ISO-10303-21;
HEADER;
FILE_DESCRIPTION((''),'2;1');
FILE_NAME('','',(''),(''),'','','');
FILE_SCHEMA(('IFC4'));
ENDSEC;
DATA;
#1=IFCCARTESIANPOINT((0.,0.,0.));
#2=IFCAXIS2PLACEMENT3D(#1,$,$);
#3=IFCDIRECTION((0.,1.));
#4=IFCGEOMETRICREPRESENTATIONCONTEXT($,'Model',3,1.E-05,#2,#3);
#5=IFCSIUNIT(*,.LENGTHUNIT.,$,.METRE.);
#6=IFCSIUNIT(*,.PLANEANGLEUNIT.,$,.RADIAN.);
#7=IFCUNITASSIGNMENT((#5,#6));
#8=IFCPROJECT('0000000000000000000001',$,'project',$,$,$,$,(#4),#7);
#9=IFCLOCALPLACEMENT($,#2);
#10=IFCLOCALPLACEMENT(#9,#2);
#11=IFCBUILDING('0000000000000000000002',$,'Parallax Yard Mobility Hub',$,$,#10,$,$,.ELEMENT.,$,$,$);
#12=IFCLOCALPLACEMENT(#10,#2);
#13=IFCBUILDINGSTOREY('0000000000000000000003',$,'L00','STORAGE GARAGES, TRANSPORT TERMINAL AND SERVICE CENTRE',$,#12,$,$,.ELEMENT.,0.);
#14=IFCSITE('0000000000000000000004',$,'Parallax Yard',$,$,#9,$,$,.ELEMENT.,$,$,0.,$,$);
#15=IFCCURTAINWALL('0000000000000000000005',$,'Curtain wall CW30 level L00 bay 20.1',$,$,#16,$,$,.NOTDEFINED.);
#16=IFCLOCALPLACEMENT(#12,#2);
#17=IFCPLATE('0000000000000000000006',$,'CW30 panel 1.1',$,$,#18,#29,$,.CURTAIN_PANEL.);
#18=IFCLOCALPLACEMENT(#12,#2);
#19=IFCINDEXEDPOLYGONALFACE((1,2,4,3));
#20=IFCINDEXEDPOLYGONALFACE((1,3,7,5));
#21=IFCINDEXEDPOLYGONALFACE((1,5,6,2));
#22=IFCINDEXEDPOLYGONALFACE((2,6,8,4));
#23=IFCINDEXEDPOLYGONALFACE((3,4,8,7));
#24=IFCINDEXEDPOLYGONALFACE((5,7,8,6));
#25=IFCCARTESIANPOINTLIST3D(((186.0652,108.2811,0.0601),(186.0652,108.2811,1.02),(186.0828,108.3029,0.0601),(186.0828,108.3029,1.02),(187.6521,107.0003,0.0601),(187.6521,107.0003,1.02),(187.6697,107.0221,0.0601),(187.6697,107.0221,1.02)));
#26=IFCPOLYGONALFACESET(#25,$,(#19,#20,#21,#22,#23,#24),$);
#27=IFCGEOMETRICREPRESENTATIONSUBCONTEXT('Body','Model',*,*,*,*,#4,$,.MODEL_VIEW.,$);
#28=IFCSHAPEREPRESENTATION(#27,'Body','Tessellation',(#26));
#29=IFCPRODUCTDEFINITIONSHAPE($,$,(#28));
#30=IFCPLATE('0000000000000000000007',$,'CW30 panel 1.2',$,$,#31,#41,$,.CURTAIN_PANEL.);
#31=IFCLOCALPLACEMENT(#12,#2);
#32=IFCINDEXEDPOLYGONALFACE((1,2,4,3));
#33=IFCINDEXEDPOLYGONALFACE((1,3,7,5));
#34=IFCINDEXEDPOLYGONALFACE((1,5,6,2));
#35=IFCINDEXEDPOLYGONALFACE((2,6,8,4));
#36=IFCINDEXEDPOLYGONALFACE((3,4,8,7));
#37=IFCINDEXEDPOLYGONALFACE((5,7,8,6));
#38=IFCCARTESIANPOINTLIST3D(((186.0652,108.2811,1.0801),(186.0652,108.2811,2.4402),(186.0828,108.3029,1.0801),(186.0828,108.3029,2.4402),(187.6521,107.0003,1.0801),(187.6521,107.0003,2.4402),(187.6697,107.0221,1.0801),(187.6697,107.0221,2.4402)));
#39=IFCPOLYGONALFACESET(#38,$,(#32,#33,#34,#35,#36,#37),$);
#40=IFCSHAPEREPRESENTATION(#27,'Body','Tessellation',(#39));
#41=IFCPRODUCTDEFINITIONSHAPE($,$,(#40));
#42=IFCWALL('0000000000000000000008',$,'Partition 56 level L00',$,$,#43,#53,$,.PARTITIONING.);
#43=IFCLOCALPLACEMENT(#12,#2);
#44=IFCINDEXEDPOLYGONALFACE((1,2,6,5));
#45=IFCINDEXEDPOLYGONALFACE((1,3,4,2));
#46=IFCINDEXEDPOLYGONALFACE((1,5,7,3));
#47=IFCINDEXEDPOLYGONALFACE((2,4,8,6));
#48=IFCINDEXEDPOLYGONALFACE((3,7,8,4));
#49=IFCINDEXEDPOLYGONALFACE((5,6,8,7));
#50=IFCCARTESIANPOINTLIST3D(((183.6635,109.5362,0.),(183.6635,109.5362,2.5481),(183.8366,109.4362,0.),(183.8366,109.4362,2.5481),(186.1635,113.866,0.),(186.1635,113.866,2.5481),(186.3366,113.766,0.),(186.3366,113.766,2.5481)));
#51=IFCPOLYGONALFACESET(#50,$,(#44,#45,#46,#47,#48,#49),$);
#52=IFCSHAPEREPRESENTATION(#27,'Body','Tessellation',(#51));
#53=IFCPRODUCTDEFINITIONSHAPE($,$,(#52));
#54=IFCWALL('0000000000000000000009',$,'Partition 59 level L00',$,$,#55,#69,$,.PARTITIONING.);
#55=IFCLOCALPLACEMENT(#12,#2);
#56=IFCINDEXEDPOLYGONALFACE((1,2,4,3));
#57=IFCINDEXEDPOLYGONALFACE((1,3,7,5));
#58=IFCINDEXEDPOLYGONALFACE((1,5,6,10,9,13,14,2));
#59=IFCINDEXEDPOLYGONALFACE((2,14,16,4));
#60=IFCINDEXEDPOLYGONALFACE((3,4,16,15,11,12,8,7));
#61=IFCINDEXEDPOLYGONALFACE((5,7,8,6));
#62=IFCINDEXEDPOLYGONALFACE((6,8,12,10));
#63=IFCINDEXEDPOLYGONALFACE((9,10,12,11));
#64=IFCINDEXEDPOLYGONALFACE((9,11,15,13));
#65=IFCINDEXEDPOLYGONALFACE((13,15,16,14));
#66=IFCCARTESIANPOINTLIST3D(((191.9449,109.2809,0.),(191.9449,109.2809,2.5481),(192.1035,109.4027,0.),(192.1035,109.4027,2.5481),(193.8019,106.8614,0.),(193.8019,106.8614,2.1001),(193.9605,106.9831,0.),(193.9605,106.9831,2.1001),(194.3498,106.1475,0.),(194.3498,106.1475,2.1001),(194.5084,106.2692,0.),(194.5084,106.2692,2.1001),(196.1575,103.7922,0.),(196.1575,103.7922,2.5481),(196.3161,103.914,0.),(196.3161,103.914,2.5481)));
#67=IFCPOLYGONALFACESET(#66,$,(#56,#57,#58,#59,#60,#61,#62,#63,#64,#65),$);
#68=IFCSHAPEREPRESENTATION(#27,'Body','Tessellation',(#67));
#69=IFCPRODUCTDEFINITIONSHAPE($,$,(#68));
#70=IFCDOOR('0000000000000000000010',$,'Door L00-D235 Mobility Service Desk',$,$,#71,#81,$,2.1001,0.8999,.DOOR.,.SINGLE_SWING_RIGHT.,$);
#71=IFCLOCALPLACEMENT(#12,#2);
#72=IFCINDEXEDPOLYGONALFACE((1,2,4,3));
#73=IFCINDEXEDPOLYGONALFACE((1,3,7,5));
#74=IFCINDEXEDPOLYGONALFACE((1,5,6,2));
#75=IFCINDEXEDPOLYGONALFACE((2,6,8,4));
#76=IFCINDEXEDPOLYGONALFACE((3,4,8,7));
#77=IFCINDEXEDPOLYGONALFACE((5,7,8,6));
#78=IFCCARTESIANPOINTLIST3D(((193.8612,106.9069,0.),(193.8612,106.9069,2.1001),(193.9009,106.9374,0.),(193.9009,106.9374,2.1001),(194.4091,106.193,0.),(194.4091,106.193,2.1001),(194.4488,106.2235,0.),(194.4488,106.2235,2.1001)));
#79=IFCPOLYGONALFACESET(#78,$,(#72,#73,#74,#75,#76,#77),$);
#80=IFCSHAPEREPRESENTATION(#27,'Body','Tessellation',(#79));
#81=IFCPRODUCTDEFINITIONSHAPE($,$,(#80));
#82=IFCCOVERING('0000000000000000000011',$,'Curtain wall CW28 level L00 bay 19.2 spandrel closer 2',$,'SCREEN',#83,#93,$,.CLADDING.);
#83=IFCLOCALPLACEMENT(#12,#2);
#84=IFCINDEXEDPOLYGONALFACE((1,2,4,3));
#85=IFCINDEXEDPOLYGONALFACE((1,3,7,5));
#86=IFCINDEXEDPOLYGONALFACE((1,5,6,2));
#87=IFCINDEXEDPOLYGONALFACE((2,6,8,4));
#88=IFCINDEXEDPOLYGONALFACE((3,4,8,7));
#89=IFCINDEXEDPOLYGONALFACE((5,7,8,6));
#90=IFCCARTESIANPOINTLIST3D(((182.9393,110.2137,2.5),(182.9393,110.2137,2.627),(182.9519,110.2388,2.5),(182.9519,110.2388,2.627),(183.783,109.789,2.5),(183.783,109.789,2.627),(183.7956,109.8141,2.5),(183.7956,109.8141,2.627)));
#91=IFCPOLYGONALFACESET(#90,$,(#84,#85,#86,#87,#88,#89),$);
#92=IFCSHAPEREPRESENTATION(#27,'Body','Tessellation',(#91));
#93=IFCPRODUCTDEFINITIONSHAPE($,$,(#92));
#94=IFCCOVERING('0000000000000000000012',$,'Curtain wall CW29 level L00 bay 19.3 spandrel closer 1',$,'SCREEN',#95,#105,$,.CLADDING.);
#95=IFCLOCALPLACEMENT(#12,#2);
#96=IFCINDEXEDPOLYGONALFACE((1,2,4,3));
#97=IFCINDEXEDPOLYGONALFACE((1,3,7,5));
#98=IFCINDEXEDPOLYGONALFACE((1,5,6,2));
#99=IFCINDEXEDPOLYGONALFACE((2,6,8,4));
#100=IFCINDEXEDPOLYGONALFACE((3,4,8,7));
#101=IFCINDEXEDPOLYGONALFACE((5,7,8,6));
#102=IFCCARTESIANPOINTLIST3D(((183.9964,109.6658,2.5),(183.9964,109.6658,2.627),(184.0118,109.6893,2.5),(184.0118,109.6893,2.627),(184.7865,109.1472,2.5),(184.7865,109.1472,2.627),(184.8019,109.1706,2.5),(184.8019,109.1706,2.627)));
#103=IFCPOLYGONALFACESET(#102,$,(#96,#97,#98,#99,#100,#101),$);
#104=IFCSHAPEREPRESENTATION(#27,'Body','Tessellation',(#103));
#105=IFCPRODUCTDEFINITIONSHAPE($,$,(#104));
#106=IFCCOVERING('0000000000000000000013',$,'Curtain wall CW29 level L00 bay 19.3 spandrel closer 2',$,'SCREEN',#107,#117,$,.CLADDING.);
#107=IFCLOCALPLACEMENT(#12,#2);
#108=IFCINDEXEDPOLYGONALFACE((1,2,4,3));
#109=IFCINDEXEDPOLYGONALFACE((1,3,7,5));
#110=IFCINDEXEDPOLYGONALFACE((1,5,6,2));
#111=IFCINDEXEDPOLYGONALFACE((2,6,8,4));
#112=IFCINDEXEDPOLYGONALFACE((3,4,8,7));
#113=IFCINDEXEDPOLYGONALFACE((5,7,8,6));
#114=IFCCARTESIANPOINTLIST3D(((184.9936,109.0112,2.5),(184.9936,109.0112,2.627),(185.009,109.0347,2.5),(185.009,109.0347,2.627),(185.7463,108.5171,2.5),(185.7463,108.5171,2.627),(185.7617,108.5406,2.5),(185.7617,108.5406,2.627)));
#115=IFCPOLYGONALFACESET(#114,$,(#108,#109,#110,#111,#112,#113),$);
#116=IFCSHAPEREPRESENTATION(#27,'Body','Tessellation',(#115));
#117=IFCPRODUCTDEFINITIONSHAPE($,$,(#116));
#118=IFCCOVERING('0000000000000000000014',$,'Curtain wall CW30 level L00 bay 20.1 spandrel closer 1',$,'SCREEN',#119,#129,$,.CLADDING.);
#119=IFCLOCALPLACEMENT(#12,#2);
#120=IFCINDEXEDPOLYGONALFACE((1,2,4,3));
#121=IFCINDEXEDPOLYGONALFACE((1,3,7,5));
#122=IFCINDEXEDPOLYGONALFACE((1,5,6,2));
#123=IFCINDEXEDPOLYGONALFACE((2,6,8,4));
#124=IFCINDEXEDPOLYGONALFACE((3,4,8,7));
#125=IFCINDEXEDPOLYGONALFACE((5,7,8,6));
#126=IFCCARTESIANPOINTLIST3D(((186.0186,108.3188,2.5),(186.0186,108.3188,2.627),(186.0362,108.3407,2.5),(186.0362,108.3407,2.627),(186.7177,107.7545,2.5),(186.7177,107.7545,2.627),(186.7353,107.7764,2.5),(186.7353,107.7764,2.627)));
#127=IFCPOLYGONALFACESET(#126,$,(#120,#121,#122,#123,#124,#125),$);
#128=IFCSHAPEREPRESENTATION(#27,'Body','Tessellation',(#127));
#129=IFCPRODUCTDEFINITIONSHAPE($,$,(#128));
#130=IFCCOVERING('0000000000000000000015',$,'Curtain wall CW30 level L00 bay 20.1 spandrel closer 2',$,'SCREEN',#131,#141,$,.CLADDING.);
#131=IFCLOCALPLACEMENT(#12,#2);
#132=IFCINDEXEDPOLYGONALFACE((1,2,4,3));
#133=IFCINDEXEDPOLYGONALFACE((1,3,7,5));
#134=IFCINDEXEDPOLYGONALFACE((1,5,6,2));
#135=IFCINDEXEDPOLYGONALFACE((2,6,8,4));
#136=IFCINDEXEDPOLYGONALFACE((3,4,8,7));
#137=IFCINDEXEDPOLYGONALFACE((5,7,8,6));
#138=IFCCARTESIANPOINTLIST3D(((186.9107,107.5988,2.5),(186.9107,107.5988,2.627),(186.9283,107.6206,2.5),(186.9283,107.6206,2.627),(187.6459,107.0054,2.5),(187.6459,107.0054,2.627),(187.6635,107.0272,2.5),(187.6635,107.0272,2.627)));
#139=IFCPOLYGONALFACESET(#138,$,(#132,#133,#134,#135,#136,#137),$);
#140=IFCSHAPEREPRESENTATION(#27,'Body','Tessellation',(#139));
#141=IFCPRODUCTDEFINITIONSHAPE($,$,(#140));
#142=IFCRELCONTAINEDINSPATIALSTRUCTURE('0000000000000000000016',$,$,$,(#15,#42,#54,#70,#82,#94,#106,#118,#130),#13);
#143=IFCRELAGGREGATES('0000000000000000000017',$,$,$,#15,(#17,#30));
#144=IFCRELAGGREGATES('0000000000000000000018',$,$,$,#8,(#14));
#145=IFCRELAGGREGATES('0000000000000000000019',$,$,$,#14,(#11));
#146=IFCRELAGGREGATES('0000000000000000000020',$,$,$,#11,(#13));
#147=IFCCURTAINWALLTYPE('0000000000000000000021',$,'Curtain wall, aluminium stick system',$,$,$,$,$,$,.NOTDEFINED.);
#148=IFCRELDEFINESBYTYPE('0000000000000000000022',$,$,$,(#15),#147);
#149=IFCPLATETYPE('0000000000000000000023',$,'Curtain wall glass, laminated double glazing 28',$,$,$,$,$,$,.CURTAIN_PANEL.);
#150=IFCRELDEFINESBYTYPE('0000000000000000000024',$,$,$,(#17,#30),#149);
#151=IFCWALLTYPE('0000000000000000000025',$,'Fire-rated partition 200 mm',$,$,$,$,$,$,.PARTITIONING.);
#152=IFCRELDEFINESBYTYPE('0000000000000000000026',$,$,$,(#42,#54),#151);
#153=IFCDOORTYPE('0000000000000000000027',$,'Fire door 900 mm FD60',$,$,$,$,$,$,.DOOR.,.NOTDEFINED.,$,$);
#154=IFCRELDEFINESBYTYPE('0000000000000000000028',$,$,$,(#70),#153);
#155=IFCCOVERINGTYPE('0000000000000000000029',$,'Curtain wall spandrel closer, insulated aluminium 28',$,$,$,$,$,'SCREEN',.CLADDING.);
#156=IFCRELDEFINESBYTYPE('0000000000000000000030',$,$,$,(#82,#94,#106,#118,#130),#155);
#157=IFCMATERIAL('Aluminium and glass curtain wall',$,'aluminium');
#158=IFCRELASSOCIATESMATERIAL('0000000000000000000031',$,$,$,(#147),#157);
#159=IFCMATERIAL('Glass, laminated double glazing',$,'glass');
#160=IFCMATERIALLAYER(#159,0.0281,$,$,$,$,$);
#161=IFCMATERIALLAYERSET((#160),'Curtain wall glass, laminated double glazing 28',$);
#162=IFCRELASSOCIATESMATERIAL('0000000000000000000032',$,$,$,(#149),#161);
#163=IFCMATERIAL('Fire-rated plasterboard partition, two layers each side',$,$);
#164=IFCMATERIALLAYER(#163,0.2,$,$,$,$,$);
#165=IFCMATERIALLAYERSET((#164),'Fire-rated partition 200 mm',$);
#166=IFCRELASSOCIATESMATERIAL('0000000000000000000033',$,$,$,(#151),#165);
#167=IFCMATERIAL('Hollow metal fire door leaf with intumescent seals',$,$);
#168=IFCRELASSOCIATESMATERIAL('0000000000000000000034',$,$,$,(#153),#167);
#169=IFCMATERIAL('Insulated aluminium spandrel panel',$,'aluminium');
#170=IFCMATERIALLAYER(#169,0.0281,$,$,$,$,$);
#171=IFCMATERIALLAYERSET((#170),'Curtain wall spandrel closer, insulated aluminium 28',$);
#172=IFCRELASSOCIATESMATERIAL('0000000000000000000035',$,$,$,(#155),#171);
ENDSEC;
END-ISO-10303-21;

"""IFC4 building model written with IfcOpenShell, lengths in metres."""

from ifc_helpers import new_model, si_unit, direction, frame, frame_2d, origin, origin_2d, place, context, subcontext, project, spatial, rectangle, extrude, material, layer, layer_set, type_object, element, fill, aggregate, save


model = new_model("IFC4")

# Units and contexts
model_context = context("Model", 3, precision=1e-05, world=origin(), true_north=direction((0.0, 1.0)))
body_context = subcontext(model_context, "Body", "Model", "MODEL_VIEW")
ifc_project = project(units=[si_unit("LENGTHUNIT", "METRE"), si_unit("PLANEANGLEUNIT", "RADIAN")], contexts=[model_context])

# Site, building, storey
site_placement = place(None, origin())
site = spatial("IfcSite", under=ifc_project, at=site_placement, Name="Parallax Yard", CompositionType="ELEMENT", RefElevation=0.0)
building_placement = place(site_placement, origin())
building = spatial("IfcBuilding", under=site, at=building_placement, Name="Parallax Yard Mobility Hub", CompositionType="ELEMENT")
storey_placement = place(building_placement, origin())
storey = spatial("IfcBuildingStorey", under=building, at=storey_placement, Name="L00", Description="STORAGE GARAGES, TRANSPORT TERMINAL AND SERVICE CENTRE", CompositionType="ELEMENT", Elevation=0.0)

# Shared definitions
ifc_material_1 = material(Name="Aluminium and glass curtain wall", Category="aluminium")
curtain_wall_type = type_object("IfcCurtainWallType", Name="Curtain wall, aluminium stick system", PredefinedType="NOTDEFINED", material=ifc_material_1)

# Curtain wall
curtain_wall_1_placement = place(storey_placement, origin())
curtain_wall_1 = element("IfcCurtainWall", 1, at=curtain_wall_1_placement, inside=storey, type_object=curtain_wall_type, Name="Curtain wall CW30 level L00 bay 20.1", PredefinedType="NOTDEFINED")

# Plates
ifc_material_2 = material(Name="Glass, laminated double glazing", Category="glass")
ifc_layer_1 = layer(ifc_material_2, 0.0281)
ifc_layer_set_1 = layer_set([ifc_layer_1], Name="Curtain wall glass, laminated double glazing 28")
plate_type = type_object("IfcPlateType", Name="Curtain wall glass, laminated double glazing 28", PredefinedType="CURTAIN_PANEL", material=ifc_layer_set_1)
plate_1_placement = place(storey_placement, frame((186.8674, 107.6516, 0.0601), z_axis=(0.0, 0.0, 1.0), x_axis=(0.77816, -0.628067, 0.0)))
plate_1 = element("IfcPlate", 2, at=plate_1_placement, type_object=plate_type, Name="CW30 panel 1.1", PredefinedType="CURTAIN_PANEL", context=body_context, shape_type="SweptSolid", body=[
    extrude(rectangle(XDim=2.0393, YDim=0.0281, at=origin_2d()), origin(), (0.0, 0.0, 1.0), 0.96),
])
plate_2_placement = place(storey_placement, frame((186.8674, 107.6516, 1.0801), z_axis=(0.0, 0.0, 1.0), x_axis=(0.77816, -0.628067, 0.0)))
plate_2 = element("IfcPlate", 3, at=plate_2_placement, type_object=plate_type, Name="CW30 panel 1.2", PredefinedType="CURTAIN_PANEL", context=body_context, shape_type="SweptSolid", body=[
    extrude(rectangle(XDim=2.0393, YDim=0.0281, at=origin_2d()), origin(), (0.0, 0.0, 1.0), 1.3601),
])
aggregate(curtain_wall_1, [plate_1, plate_2])

# Wall
ifc_material_3 = material(Name="Fire-rated plasterboard partition, two layers each side")
ifc_layer_2 = layer(ifc_material_3, 0.2)
ifc_layer_set_2 = layer_set([ifc_layer_2], Name="Fire-rated partition 200 mm")
wall_type = type_object("IfcWallType", Name="Fire-rated partition 200 mm", PredefinedType="PARTITIONING", material=ifc_layer_set_2)
wall_1_placement = place(storey_placement, frame((183.75, 109.4861, 0.0), z_axis=(0.0, 0.0, 1.0), x_axis=(0.500025, 0.866011, 0.0)))
element("IfcWall", 4, at=wall_1_placement, inside=storey, type_object=wall_type, Name="Partition 56 level L00", PredefinedType="PARTITIONING", context=body_context, shape_type="SweptSolid", body=[
    extrude(rectangle(XDim=4.9998, YDim=0.2, at=frame_2d((2.5, 0.0))), origin(), (0.0, 0.0, 1.0), 2.5481),
])

# Wall, opening, door
wall_2_placement = place(storey_placement, frame((192.0242, 109.3418, 0.0), z_axis=(0.0, 0.0, 1.0), x_axis=(0.608849, -0.793286, 0.0)))
wall_2 = element("IfcWall", 5, at=wall_2_placement, inside=storey, type_object=wall_type, Name="Partition 59 level L00", PredefinedType="PARTITIONING", context=body_context, shape_type="SweptSolid", body=[
    extrude(rectangle(XDim=6.9189, YDim=0.2, at=frame_2d((3.4595, 0.0))), origin(), (0.0, 0.0, 1.0), 2.5481),
])
opening_placement = place(wall_2_placement, frame((3.05, 0.0, 0.0)))
opening = element("IfcOpeningElement", 6, at=opening_placement, cuts=wall_2, PredefinedType="OPENING", context=body_context, shape_type="SweptSolid", body=[
    extrude(rectangle(XDim=0.8999, YDim=2.1001, at=frame_2d((0.45, 1.05))), frame((0.0, 0.1099, 0.0), z_axis=(0.0, -1.0, 0.0), x_axis=(1.0, 0.0, 0.0)), (0.0, 0.0, 1.0), 0.22),
])
ifc_material_4 = material(Name="Hollow metal fire door leaf with intumescent seals")
door_type = type_object("IfcDoorType", Name="Fire door 900 mm FD60", OperationType="NOTDEFINED", PredefinedType="DOOR", material=ifc_material_4)
door_placement = place(opening_placement, origin())
door = element("IfcDoor", 7, at=door_placement, inside=storey, type_object=door_type, Name="Door L00-D235 Mobility Service Desk", OperationType="SINGLE_SWING_RIGHT", OverallHeight=2.1001, OverallWidth=0.8999, PredefinedType="DOOR", context=body_context, shape_type="SweptSolid", body=[
    extrude(rectangle(XDim=0.8999, YDim=2.1001, at=frame_2d((0.45, 1.05))), frame((0.0, 0.0249, 0.0), z_axis=(0.0, -1.0, 0.0), x_axis=(1.0, 0.0, 0.0)), (0.0, 0.0, 1.0), 0.05),
])
fill(opening, door)

# Coverings
ifc_material_5 = material(Name="Insulated aluminium spandrel panel", Category="aluminium")
ifc_layer_3 = layer(ifc_material_5, 0.0281)
ifc_layer_set_3 = layer_set([ifc_layer_3], Name="Curtain wall spandrel closer, insulated aluminium 28")
covering_type = type_object("IfcCoveringType", Name="Curtain wall spandrel closer, insulated aluminium 28", ElementType="SCREEN", PredefinedType="CLADDING", material=ifc_layer_set_3)
covering_1_placement = place(storey_placement, frame((183.3674, 110.0139, 2.5), z_axis=(0.0, 0.0, 1.0), x_axis=(0.893222, -0.449617, 0.0)))
element("IfcCovering", 8, at=covering_1_placement, inside=storey, type_object=covering_type, Name="Curtain wall CW28 level L00 bay 19.2 spandrel closer 2", ObjectType="SCREEN", PredefinedType="CLADDING", context=body_context, shape_type="SweptSolid", body=[
    extrude(rectangle(XDim=0.9446, YDim=0.0281, at=origin_2d()), origin(), (0.0, 0.0, 1.0), 0.127),
])
covering_2_placement = place(storey_placement, frame((184.3992, 109.4182, 2.5), z_axis=(0.0, 0.0, 1.0), x_axis=(0.835985, -0.548753, 0.0)))
element("IfcCovering", 9, at=covering_2_placement, inside=storey, type_object=covering_type, Name="Curtain wall CW29 level L00 bay 19.3 spandrel closer 1", ObjectType="SCREEN", PredefinedType="CLADDING", context=body_context, shape_type="SweptSolid", body=[
    extrude(rectangle(XDim=0.9451, YDim=0.0281, at=origin_2d()), origin(), (0.0, 0.0, 1.0), 0.127),
])
covering_3_placement = place(storey_placement, frame((185.3777, 108.7759, 2.5), z_axis=(0.0, 0.0, 1.0), x_axis=(0.835985, -0.548753, 0.0)))
element("IfcCovering", 10, at=covering_3_placement, inside=storey, type_object=covering_type, Name="Curtain wall CW29 level L00 bay 19.3 spandrel closer 2", ObjectType="SCREEN", PredefinedType="CLADDING", context=body_context, shape_type="SweptSolid", body=[
    extrude(rectangle(XDim=0.9004, YDim=0.0281, at=origin_2d()), origin(), (0.0, 0.0, 1.0), 0.127),
])
covering_4_placement = place(storey_placement, frame((186.377, 108.0476, 2.5), z_axis=(0.0, 0.0, 1.0), x_axis=(0.778164, -0.628061, 0.0)))
element("IfcCovering", 11, at=covering_4_placement, inside=storey, type_object=covering_type, Name="Curtain wall CW30 level L00 bay 20.1 spandrel closer 1", ObjectType="SCREEN", PredefinedType="CLADDING", context=body_context, shape_type="SweptSolid", body=[
    extrude(rectangle(XDim=0.8984, YDim=0.0281, at=origin_2d()), origin(), (0.0, 0.0, 1.0), 0.127),
])
covering_5_placement = place(storey_placement, frame((187.2871, 107.313, 2.5), z_axis=(0.0, 0.0, 1.0), x_axis=(0.778164, -0.628061, 0.0)))
element("IfcCovering", 12, at=covering_5_placement, inside=storey, type_object=covering_type, Name="Curtain wall CW30 level L00 bay 20.1 spandrel closer 2", ObjectType="SCREEN", PredefinedType="CLADDING", context=body_context, shape_type="SweptSolid", body=[
    extrude(rectangle(XDim=0.9448, YDim=0.0281, at=origin_2d()), origin(), (0.0, 0.0, 1.0), 0.127),
])

save(model, "model.ifc")
